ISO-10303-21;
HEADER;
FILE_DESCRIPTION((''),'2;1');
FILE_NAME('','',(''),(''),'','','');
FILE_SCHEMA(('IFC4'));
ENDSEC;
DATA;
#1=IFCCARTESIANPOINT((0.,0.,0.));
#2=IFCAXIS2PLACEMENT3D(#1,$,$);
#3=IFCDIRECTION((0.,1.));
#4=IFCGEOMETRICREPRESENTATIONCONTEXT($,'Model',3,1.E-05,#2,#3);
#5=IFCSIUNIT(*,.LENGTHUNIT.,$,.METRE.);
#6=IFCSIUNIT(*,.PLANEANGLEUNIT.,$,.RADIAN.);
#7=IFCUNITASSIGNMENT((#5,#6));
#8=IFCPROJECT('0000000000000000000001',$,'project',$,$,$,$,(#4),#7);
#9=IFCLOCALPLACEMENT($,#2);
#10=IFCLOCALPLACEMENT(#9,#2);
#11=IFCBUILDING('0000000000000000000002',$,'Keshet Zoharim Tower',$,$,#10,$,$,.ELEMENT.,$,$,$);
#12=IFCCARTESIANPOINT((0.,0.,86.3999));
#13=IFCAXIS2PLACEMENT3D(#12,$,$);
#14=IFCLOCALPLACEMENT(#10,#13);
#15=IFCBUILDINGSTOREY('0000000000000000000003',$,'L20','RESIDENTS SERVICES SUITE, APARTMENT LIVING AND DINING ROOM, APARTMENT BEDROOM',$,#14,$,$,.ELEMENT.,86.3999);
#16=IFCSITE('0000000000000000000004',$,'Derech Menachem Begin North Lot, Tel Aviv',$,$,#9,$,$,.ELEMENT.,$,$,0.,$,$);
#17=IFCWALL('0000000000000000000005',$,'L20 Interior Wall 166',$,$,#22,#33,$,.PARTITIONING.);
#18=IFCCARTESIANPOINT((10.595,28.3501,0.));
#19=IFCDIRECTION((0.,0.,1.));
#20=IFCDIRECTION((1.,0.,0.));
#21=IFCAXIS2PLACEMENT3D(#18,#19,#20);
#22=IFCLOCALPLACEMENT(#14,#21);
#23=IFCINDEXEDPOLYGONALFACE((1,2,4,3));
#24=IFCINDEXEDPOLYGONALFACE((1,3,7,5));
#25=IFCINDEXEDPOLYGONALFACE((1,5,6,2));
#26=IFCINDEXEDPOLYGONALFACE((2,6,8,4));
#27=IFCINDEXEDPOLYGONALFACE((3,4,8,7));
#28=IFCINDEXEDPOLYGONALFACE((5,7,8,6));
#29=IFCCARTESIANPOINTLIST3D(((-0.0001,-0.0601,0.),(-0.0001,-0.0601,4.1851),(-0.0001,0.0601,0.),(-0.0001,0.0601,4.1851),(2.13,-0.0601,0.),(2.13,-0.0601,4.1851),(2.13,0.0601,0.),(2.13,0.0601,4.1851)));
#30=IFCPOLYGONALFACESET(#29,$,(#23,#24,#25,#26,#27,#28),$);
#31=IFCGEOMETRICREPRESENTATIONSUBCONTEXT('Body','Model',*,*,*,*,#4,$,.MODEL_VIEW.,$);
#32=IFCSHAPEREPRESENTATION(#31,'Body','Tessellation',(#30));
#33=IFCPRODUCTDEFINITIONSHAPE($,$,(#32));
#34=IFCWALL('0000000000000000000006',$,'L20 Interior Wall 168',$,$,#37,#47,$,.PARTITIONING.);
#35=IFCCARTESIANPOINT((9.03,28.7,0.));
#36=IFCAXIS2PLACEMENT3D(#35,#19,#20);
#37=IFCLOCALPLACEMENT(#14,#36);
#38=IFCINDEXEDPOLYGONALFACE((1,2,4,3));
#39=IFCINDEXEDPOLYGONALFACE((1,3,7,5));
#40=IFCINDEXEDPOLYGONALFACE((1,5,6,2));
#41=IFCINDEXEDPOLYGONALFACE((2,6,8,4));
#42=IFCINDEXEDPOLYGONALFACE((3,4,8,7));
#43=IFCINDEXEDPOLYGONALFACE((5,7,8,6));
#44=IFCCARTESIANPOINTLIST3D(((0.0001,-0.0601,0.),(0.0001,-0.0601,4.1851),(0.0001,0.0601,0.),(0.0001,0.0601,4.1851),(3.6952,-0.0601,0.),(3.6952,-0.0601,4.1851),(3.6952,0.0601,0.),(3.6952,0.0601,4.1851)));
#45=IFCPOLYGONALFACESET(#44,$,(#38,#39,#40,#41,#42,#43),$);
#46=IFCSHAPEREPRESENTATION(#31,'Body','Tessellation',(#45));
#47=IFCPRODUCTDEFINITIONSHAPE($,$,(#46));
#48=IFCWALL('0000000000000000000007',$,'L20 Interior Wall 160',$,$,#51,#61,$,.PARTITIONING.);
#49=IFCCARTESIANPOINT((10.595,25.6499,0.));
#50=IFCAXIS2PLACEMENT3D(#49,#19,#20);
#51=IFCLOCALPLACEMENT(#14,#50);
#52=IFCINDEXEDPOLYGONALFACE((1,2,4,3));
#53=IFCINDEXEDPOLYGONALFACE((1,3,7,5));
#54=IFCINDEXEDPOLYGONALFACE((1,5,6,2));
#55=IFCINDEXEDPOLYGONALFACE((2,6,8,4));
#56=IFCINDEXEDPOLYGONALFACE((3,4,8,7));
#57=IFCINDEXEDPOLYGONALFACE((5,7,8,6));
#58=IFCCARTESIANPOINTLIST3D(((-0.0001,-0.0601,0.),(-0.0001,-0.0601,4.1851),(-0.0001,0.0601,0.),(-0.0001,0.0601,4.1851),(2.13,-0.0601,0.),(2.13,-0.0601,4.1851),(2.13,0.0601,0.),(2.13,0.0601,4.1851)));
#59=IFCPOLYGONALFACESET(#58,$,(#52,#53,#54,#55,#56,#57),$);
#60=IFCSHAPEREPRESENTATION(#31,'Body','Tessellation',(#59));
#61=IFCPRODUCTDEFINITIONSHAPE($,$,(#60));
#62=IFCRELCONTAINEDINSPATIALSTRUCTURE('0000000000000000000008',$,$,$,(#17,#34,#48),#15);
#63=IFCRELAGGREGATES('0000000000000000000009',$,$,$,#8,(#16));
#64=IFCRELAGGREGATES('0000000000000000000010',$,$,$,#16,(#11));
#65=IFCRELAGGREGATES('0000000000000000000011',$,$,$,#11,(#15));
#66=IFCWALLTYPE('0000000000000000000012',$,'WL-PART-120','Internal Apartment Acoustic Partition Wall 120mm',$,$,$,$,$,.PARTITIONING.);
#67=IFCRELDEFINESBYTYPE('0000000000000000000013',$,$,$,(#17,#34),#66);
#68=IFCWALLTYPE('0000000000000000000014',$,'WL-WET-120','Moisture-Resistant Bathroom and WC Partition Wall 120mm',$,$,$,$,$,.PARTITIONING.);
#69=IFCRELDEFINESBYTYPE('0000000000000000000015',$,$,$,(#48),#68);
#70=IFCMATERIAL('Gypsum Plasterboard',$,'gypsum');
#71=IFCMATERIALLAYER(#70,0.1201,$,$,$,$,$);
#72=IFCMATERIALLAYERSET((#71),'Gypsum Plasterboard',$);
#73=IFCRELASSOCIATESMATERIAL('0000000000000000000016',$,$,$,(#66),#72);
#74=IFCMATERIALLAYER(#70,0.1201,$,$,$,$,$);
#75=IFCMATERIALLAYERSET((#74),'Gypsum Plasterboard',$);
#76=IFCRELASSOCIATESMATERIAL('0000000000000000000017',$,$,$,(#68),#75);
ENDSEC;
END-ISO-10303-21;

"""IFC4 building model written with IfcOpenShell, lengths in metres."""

from ifc_helpers import new_model, si_unit, direction, frame, frame_2d, origin, place, context, subcontext, project, spatial, rectangle, extrude, material, layer, layer_set, type_object, element, save


model = new_model("IFC4")

# Units and contexts
model_context = context("Model", 3, precision=1e-05, world=origin(), true_north=direction((0.0, 1.0)))
body_context = subcontext(model_context, "Body", "Model", "MODEL_VIEW")
ifc_project = project(units=[si_unit("LENGTHUNIT", "METRE"), si_unit("PLANEANGLEUNIT", "RADIAN")], contexts=[model_context])

# Site, building, storey
site_placement = place(None, origin())
site = spatial("IfcSite", under=ifc_project, at=site_placement, Name="Derech Menachem Begin North Lot, Tel Aviv", CompositionType="ELEMENT", RefElevation=0.0)
building_placement = place(site_placement, origin())
building = spatial("IfcBuilding", under=site, at=building_placement, Name="Keshet Zoharim Tower", CompositionType="ELEMENT")
storey_placement = place(building_placement, frame((0.0, 0.0, 86.3999)))
storey = spatial("IfcBuildingStorey", under=building, at=storey_placement, Name="L20", Description="RESIDENTS SERVICES SUITE, APARTMENT LIVING AND DINING ROOM, APARTMENT BEDROOM", CompositionType="ELEMENT", Elevation=86.3999)

# Shared definitions
ifc_material_1 = material(Name="Gypsum Plasterboard", Category="gypsum")

# Shared definitions
ifc_layer_1 = layer(ifc_material_1, 0.1201)
ifc_layer_set_1 = layer_set([ifc_layer_1], Name="Gypsum Plasterboard")
wall_type_1 = type_object("IfcWallType", Name="WL-PART-120", Description="Internal Apartment Acoustic Partition Wall 120mm", PredefinedType="PARTITIONING", material=ifc_layer_set_1)

# Walls
wall_1_placement = place(storey_placement, frame((10.595, 28.3501, 0.0), z_axis=(0.0, 0.0, 1.0), x_axis=(1.0, 0.0, 0.0)))
element("IfcWall", 1, at=wall_1_placement, inside=storey, type_object=wall_type_1, Name="L20 Interior Wall 166", PredefinedType="PARTITIONING", context=body_context, shape_type="SweptSolid", body=[
    extrude(rectangle(XDim=2.1301, YDim=0.1201, at=frame_2d((1.0649, 0.0))), origin(), (0.0, 0.0, 1.0), 4.1851),
])
wall_2_placement = place(storey_placement, frame((9.03, 28.7, 0.0), z_axis=(0.0, 0.0, 1.0), x_axis=(1.0, 0.0, 0.0)))
element("IfcWall", 2, at=wall_2_placement, inside=storey, type_object=wall_type_1, Name="L20 Interior Wall 168", PredefinedType="PARTITIONING", context=body_context, shape_type="SweptSolid", body=[
    extrude(rectangle(XDim=3.6951, YDim=0.1201, at=frame_2d((1.8477, 0.0))), origin(), (0.0, 0.0, 1.0), 4.1851),
])

# Wall
ifc_layer_2 = layer(ifc_material_1, 0.1201)
ifc_layer_set_2 = layer_set([ifc_layer_2], Name="Gypsum Plasterboard")
wall_type_2 = type_object("IfcWallType", Name="WL-WET-120", Description="Moisture-Resistant Bathroom and WC Partition Wall 120mm", PredefinedType="PARTITIONING", material=ifc_layer_set_2)
wall_3_placement = place(storey_placement, frame((10.595, 25.6499, 0.0), z_axis=(0.0, 0.0, 1.0), x_axis=(1.0, 0.0, 0.0)))
element("IfcWall", 3, at=wall_3_placement, inside=storey, type_object=wall_type_2, Name="L20 Interior Wall 160", PredefinedType="PARTITIONING", context=body_context, shape_type="SweptSolid", body=[
    extrude(rectangle(XDim=2.1301, YDim=0.1201, at=frame_2d((1.0649, 0.0))), origin(), (0.0, 0.0, 1.0), 4.1851),
])

save(model, "model.ifc")
